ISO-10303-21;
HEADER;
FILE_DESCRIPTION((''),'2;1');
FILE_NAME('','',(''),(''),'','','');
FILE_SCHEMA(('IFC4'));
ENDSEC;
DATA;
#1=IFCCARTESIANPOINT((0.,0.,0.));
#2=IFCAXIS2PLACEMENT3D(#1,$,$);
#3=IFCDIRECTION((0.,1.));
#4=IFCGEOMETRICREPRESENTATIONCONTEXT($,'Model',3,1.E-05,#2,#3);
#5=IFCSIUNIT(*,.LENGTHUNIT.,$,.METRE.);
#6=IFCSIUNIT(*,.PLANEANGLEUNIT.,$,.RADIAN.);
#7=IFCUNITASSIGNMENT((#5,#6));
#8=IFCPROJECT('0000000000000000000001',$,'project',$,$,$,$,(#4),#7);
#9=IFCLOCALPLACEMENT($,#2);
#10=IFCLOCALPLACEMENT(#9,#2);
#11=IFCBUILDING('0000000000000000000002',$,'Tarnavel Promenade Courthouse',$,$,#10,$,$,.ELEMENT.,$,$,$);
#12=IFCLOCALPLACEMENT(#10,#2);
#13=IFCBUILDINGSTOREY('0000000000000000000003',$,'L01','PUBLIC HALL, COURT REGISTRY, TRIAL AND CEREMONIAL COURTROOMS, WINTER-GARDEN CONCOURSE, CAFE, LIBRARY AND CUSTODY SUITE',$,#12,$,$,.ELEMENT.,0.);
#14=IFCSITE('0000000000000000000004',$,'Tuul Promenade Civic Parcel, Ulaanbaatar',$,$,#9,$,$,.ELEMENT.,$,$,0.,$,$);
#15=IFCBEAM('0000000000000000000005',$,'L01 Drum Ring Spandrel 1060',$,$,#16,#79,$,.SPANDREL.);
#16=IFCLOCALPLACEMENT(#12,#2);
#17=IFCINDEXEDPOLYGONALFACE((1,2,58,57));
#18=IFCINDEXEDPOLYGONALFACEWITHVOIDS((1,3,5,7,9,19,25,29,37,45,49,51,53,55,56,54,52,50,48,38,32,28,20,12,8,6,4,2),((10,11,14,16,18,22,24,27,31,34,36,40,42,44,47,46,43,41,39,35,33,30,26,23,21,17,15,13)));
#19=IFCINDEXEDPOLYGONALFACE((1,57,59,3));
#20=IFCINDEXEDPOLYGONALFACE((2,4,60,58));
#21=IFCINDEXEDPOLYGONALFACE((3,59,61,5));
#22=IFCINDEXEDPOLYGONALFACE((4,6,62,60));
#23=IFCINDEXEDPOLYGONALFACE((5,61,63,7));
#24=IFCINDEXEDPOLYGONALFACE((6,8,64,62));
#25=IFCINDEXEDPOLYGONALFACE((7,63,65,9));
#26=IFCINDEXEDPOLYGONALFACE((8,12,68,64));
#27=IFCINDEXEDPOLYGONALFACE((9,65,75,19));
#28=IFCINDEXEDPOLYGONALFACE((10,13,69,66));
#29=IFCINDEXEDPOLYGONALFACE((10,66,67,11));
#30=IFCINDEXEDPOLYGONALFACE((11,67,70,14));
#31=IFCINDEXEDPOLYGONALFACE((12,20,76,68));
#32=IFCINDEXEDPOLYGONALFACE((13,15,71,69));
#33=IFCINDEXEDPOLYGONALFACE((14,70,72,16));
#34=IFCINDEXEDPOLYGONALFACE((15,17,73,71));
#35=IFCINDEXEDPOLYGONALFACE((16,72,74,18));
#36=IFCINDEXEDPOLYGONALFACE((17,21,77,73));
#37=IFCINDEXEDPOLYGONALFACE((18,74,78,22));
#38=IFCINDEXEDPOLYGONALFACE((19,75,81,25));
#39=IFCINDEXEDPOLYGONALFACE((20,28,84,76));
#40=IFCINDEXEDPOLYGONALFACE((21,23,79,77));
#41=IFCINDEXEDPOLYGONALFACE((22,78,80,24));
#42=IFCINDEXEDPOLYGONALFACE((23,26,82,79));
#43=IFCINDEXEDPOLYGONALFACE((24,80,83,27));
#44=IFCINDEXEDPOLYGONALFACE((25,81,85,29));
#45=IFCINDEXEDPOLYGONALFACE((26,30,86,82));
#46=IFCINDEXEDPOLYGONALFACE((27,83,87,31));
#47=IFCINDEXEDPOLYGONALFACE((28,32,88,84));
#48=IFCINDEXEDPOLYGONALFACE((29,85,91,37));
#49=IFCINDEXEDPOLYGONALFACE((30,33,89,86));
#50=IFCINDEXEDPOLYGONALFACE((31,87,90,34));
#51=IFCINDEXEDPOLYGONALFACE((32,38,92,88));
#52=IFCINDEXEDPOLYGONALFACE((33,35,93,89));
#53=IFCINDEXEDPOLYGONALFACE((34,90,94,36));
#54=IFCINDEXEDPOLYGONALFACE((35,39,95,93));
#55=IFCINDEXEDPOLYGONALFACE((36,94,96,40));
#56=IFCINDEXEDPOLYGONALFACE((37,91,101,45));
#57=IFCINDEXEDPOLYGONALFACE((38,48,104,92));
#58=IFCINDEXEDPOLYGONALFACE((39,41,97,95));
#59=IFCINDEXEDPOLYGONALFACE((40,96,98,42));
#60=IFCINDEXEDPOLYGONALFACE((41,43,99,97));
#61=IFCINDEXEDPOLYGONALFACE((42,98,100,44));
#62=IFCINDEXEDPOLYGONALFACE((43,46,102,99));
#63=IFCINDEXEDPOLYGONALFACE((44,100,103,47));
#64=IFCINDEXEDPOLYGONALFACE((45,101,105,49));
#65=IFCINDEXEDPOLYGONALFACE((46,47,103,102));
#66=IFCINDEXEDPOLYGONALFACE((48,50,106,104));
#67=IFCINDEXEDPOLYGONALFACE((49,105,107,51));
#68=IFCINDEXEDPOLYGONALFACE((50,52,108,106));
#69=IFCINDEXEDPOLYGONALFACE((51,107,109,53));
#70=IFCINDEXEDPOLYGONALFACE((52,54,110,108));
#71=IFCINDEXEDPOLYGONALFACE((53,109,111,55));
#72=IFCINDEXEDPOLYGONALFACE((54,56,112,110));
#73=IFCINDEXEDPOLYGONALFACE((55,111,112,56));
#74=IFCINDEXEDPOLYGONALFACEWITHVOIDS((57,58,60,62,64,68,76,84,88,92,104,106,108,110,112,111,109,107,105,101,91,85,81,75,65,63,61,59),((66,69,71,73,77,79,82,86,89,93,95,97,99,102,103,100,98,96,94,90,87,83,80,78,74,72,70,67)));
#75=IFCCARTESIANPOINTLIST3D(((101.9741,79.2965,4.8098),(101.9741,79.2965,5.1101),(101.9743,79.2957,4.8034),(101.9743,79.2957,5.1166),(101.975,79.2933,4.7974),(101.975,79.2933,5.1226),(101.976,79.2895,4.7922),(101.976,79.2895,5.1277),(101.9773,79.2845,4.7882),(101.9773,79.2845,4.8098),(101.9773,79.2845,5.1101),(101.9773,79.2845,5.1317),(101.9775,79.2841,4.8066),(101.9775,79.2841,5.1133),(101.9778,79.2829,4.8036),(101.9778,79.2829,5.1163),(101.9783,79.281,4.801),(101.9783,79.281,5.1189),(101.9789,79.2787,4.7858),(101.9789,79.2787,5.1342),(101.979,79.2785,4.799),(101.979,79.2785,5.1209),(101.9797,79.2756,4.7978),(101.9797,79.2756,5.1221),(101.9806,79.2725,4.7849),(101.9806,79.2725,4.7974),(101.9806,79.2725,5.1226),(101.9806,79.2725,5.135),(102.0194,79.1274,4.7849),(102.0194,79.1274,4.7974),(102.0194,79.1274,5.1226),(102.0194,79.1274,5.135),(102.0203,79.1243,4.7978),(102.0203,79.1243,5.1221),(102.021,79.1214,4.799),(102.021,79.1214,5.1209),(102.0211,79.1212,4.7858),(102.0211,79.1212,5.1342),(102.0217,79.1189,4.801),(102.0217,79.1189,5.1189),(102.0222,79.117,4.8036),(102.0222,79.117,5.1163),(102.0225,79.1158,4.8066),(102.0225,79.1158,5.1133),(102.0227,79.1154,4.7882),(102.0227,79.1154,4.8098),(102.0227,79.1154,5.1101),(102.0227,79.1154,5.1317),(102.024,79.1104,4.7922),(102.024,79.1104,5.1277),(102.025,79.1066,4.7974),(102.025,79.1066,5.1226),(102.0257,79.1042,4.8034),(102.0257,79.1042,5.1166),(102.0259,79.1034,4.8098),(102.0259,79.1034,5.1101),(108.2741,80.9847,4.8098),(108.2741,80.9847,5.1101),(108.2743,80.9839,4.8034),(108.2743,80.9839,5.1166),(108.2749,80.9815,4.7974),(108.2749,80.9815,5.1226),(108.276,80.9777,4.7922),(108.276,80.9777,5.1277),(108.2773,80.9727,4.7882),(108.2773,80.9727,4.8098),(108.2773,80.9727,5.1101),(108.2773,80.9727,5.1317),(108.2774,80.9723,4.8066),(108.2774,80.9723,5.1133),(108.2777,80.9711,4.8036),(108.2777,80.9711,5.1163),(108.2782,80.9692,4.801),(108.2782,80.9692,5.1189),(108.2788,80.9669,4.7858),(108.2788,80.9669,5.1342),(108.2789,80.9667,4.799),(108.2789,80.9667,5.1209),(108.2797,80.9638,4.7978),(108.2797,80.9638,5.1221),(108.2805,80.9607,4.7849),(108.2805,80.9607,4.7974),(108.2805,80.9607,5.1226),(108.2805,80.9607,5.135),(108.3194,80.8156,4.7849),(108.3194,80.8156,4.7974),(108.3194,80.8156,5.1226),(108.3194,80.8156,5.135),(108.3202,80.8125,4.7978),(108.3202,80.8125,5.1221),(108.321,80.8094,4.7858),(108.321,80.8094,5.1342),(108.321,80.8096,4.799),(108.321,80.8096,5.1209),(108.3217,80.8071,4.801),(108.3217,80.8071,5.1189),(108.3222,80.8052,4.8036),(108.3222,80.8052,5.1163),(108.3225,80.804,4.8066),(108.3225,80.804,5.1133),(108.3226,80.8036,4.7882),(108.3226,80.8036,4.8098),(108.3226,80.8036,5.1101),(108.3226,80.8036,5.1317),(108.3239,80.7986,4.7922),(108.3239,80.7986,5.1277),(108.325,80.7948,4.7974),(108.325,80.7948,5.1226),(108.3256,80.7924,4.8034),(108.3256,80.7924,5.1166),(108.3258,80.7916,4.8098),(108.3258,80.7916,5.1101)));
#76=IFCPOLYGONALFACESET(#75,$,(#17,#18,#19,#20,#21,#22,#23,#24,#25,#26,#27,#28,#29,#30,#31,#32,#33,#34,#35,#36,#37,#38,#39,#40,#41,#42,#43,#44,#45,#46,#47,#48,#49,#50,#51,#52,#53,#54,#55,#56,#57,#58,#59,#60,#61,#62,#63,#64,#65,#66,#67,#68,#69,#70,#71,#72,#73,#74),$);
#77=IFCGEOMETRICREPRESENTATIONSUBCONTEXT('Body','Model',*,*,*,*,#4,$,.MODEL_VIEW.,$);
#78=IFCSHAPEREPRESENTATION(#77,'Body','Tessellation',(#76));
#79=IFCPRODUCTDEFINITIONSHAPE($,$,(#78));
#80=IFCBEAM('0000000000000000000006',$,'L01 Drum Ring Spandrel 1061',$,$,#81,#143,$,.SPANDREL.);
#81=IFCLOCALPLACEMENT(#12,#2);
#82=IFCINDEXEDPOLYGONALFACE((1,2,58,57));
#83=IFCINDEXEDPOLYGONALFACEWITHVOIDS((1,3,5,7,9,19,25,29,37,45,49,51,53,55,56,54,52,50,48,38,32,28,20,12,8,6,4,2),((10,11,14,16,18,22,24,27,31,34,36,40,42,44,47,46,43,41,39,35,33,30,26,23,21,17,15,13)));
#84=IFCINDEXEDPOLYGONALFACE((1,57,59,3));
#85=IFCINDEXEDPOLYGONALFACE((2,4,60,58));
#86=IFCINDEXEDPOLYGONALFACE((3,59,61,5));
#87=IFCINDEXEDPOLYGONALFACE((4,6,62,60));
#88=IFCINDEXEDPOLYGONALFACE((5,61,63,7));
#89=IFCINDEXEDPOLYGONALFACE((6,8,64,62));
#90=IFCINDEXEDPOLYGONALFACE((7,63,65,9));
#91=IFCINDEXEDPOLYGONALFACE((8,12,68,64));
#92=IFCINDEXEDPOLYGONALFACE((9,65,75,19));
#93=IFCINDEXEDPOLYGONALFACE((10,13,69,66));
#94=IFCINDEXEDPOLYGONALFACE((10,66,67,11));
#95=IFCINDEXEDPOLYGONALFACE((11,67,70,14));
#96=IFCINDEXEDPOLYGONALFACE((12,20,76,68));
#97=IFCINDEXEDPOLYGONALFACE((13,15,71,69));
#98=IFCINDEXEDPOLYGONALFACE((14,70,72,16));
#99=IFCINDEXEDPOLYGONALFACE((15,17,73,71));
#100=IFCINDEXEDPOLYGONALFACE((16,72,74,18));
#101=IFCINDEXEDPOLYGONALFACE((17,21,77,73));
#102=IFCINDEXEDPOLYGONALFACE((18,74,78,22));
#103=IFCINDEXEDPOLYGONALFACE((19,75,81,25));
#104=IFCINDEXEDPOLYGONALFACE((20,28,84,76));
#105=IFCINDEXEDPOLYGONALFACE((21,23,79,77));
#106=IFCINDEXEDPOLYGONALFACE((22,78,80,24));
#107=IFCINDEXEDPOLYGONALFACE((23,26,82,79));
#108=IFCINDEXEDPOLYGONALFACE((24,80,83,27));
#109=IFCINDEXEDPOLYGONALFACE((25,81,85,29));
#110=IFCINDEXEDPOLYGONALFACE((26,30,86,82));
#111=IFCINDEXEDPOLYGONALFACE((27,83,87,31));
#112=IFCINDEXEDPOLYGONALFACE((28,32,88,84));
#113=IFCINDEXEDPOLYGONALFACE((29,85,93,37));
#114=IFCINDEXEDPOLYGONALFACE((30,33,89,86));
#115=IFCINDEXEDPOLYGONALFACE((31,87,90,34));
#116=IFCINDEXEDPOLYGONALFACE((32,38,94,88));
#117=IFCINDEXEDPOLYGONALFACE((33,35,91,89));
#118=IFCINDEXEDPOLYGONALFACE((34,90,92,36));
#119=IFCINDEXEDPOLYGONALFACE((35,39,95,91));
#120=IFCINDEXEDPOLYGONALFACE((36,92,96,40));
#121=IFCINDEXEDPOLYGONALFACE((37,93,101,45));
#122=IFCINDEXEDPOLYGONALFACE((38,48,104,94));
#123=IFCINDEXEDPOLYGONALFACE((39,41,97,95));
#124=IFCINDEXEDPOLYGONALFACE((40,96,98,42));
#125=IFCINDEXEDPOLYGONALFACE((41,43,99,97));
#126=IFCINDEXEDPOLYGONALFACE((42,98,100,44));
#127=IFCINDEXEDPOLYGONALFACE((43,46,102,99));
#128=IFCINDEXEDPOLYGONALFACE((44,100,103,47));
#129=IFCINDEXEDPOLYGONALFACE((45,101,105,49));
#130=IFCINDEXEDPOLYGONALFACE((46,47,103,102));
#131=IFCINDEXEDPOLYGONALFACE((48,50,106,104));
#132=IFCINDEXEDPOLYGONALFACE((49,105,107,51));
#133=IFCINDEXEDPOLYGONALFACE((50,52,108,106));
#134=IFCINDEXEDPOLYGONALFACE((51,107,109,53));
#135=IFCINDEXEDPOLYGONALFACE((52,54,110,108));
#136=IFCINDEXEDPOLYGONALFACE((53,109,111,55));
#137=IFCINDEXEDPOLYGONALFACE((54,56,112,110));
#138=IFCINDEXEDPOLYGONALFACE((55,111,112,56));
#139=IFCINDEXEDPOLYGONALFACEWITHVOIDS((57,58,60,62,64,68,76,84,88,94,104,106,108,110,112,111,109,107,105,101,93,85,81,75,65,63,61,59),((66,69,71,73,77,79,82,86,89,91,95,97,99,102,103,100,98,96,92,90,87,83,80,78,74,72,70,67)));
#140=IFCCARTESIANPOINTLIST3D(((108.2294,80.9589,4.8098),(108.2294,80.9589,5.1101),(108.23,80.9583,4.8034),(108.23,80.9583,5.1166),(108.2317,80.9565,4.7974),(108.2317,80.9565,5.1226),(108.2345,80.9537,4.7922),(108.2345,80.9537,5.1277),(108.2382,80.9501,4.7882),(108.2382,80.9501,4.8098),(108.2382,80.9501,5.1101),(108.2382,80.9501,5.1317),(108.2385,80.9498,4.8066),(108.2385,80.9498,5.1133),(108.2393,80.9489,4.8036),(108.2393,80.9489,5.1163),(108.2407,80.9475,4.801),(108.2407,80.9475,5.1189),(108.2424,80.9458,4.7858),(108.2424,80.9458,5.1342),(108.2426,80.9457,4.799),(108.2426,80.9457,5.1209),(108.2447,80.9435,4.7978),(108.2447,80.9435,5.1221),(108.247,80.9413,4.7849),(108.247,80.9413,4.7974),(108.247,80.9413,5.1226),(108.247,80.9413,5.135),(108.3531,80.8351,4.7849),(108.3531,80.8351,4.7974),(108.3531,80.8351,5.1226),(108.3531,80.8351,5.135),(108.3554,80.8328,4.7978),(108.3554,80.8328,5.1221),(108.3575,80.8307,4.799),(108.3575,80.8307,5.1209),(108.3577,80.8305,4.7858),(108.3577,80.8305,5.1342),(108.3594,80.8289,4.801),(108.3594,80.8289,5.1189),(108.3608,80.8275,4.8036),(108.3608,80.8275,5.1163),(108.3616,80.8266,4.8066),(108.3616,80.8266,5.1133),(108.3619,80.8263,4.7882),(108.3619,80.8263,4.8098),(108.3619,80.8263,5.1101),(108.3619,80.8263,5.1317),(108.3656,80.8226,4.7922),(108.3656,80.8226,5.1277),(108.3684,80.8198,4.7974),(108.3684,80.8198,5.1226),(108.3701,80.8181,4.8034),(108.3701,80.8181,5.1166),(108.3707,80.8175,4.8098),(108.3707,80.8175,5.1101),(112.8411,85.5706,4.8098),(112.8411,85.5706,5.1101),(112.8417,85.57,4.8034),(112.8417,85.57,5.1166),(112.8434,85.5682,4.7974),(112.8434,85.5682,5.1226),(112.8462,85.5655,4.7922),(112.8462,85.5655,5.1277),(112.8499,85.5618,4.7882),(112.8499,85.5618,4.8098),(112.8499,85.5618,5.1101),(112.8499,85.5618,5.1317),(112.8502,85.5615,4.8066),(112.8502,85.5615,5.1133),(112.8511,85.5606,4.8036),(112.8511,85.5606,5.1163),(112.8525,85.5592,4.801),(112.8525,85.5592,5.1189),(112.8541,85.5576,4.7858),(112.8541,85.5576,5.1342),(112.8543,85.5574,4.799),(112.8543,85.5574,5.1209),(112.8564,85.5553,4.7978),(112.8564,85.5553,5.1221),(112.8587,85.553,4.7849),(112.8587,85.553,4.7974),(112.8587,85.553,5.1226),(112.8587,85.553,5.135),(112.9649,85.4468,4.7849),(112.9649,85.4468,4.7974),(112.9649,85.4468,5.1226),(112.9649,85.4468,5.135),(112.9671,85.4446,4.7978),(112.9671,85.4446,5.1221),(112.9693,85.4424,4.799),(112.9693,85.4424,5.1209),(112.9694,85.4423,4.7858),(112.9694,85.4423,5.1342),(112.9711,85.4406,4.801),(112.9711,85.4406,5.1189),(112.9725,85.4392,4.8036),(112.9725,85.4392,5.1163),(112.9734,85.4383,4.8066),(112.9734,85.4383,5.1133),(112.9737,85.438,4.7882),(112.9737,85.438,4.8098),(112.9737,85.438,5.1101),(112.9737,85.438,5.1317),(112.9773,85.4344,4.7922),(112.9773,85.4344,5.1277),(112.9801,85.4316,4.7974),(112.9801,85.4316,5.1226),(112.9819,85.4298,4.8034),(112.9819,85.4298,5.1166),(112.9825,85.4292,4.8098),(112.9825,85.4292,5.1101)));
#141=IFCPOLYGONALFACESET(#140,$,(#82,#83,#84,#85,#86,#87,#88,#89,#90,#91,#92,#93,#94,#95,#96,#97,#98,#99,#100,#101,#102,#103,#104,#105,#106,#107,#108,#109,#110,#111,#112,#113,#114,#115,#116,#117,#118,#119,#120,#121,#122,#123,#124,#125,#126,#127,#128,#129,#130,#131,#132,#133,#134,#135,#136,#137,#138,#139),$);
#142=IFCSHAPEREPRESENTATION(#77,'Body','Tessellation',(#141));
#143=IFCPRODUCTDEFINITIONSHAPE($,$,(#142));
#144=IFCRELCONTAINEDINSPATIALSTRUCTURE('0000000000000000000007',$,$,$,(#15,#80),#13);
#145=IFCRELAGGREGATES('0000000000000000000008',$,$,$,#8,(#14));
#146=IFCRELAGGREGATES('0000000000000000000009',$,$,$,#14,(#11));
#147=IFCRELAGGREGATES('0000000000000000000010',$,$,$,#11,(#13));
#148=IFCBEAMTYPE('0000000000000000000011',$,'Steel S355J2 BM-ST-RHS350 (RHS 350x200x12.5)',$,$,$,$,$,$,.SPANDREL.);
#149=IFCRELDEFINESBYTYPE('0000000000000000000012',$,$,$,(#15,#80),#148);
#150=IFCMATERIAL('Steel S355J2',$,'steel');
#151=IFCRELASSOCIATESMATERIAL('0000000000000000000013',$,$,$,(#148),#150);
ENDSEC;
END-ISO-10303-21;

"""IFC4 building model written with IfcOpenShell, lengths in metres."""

from ifc_helpers import new_model, si_unit, direction, frame, origin, origin_2d, place, context, subcontext, project, spatial, hollow_rectangle, extrude, material, material_profile, profile_set, type_object, element, save


model = new_model("IFC4")

# Units and contexts
model_context = context("Model", 3, precision=1e-05, world=origin(), true_north=direction((0.0, 1.0)))
body_context = subcontext(model_context, "Body", "Model", "MODEL_VIEW")
ifc_project = project(units=[si_unit("LENGTHUNIT", "METRE"), si_unit("PLANEANGLEUNIT", "RADIAN")], contexts=[model_context])

# Site, building, storey
site_placement = place(None, origin())
site = spatial("IfcSite", under=ifc_project, at=site_placement, Name="Tuul Promenade Civic Parcel, Ulaanbaatar", CompositionType="ELEMENT", RefElevation=0.0)
building_placement = place(site_placement, origin())
building = spatial("IfcBuilding", under=site, at=building_placement, Name="Tarnavel Promenade Courthouse", CompositionType="ELEMENT")
storey_placement = place(building_placement, origin())
storey = spatial("IfcBuildingStorey", under=building, at=storey_placement, Name="L01", Description="PUBLIC HALL, COURT REGISTRY, TRIAL AND CEREMONIAL COURTROOMS, WINTER-GARDEN CONCOURSE, CAFE, LIBRARY AND CUSTODY SUITE", CompositionType="ELEMENT", Elevation=0.0)

# Beams
ifc_material_1 = material(Name="Steel S355J2", Category="steel")
ifc_material_profile_1 = material_profile(ifc_material_1, hollow_rectangle(XDim=0.2, YDim=0.3501, WallThickness=0.0125, InnerFilletRadius=0.0125, OuterFilletRadius=0.0249, at=origin_2d()), Name="RHS 350x200x12.5")
ifc_profile_set_1 = profile_set([ifc_material_profile_1], Name="Steel S355J2")
beam_type_1 = type_object("IfcBeamType", Name="Steel S355J2 BM-ST-RHS350 (RHS 350x200x12.5)", PredefinedType="SPANDREL", material=ifc_profile_set_1)
beam_1_placement = place(storey_placement, frame((102.0, 79.2, 4.96), z_axis=(0.96592, 0.258839, 0.0), x_axis=(-0.258839, 0.96592, 0.0)))
element("IfcBeam", 1, at=beam_1_placement, inside=storey, type_object=beam_type_1, Name="L01 Drum Ring Spandrel 1060", PredefinedType="SPANDREL", context=body_context, shape_type="SweptSolid", body=[
    extrude(hollow_rectangle(XDim=0.2, YDim=0.3501, WallThickness=0.0125, InnerFilletRadius=0.0125, OuterFilletRadius=0.0249, at=origin_2d()), origin(), (0.0, 0.0, 1.0), 6.5222),
])
beam_2_placement = place(storey_placement, frame((108.3, 80.8882, 4.96), z_axis=(0.707107, 0.707107, 0.0), x_axis=(-0.707107, 0.707107, 0.0)))
element("IfcBeam", 2, at=beam_2_placement, inside=storey, type_object=beam_type_1, Name="L01 Drum Ring Spandrel 1061", PredefinedType="SPANDREL", context=body_context, shape_type="SweptSolid", body=[
    extrude(hollow_rectangle(XDim=0.2, YDim=0.3501, WallThickness=0.0125, InnerFilletRadius=0.0125, OuterFilletRadius=0.0249, at=origin_2d()), origin(), (0.0, 0.0, 1.0), 6.522),
])

save(model, "model.ifc")
